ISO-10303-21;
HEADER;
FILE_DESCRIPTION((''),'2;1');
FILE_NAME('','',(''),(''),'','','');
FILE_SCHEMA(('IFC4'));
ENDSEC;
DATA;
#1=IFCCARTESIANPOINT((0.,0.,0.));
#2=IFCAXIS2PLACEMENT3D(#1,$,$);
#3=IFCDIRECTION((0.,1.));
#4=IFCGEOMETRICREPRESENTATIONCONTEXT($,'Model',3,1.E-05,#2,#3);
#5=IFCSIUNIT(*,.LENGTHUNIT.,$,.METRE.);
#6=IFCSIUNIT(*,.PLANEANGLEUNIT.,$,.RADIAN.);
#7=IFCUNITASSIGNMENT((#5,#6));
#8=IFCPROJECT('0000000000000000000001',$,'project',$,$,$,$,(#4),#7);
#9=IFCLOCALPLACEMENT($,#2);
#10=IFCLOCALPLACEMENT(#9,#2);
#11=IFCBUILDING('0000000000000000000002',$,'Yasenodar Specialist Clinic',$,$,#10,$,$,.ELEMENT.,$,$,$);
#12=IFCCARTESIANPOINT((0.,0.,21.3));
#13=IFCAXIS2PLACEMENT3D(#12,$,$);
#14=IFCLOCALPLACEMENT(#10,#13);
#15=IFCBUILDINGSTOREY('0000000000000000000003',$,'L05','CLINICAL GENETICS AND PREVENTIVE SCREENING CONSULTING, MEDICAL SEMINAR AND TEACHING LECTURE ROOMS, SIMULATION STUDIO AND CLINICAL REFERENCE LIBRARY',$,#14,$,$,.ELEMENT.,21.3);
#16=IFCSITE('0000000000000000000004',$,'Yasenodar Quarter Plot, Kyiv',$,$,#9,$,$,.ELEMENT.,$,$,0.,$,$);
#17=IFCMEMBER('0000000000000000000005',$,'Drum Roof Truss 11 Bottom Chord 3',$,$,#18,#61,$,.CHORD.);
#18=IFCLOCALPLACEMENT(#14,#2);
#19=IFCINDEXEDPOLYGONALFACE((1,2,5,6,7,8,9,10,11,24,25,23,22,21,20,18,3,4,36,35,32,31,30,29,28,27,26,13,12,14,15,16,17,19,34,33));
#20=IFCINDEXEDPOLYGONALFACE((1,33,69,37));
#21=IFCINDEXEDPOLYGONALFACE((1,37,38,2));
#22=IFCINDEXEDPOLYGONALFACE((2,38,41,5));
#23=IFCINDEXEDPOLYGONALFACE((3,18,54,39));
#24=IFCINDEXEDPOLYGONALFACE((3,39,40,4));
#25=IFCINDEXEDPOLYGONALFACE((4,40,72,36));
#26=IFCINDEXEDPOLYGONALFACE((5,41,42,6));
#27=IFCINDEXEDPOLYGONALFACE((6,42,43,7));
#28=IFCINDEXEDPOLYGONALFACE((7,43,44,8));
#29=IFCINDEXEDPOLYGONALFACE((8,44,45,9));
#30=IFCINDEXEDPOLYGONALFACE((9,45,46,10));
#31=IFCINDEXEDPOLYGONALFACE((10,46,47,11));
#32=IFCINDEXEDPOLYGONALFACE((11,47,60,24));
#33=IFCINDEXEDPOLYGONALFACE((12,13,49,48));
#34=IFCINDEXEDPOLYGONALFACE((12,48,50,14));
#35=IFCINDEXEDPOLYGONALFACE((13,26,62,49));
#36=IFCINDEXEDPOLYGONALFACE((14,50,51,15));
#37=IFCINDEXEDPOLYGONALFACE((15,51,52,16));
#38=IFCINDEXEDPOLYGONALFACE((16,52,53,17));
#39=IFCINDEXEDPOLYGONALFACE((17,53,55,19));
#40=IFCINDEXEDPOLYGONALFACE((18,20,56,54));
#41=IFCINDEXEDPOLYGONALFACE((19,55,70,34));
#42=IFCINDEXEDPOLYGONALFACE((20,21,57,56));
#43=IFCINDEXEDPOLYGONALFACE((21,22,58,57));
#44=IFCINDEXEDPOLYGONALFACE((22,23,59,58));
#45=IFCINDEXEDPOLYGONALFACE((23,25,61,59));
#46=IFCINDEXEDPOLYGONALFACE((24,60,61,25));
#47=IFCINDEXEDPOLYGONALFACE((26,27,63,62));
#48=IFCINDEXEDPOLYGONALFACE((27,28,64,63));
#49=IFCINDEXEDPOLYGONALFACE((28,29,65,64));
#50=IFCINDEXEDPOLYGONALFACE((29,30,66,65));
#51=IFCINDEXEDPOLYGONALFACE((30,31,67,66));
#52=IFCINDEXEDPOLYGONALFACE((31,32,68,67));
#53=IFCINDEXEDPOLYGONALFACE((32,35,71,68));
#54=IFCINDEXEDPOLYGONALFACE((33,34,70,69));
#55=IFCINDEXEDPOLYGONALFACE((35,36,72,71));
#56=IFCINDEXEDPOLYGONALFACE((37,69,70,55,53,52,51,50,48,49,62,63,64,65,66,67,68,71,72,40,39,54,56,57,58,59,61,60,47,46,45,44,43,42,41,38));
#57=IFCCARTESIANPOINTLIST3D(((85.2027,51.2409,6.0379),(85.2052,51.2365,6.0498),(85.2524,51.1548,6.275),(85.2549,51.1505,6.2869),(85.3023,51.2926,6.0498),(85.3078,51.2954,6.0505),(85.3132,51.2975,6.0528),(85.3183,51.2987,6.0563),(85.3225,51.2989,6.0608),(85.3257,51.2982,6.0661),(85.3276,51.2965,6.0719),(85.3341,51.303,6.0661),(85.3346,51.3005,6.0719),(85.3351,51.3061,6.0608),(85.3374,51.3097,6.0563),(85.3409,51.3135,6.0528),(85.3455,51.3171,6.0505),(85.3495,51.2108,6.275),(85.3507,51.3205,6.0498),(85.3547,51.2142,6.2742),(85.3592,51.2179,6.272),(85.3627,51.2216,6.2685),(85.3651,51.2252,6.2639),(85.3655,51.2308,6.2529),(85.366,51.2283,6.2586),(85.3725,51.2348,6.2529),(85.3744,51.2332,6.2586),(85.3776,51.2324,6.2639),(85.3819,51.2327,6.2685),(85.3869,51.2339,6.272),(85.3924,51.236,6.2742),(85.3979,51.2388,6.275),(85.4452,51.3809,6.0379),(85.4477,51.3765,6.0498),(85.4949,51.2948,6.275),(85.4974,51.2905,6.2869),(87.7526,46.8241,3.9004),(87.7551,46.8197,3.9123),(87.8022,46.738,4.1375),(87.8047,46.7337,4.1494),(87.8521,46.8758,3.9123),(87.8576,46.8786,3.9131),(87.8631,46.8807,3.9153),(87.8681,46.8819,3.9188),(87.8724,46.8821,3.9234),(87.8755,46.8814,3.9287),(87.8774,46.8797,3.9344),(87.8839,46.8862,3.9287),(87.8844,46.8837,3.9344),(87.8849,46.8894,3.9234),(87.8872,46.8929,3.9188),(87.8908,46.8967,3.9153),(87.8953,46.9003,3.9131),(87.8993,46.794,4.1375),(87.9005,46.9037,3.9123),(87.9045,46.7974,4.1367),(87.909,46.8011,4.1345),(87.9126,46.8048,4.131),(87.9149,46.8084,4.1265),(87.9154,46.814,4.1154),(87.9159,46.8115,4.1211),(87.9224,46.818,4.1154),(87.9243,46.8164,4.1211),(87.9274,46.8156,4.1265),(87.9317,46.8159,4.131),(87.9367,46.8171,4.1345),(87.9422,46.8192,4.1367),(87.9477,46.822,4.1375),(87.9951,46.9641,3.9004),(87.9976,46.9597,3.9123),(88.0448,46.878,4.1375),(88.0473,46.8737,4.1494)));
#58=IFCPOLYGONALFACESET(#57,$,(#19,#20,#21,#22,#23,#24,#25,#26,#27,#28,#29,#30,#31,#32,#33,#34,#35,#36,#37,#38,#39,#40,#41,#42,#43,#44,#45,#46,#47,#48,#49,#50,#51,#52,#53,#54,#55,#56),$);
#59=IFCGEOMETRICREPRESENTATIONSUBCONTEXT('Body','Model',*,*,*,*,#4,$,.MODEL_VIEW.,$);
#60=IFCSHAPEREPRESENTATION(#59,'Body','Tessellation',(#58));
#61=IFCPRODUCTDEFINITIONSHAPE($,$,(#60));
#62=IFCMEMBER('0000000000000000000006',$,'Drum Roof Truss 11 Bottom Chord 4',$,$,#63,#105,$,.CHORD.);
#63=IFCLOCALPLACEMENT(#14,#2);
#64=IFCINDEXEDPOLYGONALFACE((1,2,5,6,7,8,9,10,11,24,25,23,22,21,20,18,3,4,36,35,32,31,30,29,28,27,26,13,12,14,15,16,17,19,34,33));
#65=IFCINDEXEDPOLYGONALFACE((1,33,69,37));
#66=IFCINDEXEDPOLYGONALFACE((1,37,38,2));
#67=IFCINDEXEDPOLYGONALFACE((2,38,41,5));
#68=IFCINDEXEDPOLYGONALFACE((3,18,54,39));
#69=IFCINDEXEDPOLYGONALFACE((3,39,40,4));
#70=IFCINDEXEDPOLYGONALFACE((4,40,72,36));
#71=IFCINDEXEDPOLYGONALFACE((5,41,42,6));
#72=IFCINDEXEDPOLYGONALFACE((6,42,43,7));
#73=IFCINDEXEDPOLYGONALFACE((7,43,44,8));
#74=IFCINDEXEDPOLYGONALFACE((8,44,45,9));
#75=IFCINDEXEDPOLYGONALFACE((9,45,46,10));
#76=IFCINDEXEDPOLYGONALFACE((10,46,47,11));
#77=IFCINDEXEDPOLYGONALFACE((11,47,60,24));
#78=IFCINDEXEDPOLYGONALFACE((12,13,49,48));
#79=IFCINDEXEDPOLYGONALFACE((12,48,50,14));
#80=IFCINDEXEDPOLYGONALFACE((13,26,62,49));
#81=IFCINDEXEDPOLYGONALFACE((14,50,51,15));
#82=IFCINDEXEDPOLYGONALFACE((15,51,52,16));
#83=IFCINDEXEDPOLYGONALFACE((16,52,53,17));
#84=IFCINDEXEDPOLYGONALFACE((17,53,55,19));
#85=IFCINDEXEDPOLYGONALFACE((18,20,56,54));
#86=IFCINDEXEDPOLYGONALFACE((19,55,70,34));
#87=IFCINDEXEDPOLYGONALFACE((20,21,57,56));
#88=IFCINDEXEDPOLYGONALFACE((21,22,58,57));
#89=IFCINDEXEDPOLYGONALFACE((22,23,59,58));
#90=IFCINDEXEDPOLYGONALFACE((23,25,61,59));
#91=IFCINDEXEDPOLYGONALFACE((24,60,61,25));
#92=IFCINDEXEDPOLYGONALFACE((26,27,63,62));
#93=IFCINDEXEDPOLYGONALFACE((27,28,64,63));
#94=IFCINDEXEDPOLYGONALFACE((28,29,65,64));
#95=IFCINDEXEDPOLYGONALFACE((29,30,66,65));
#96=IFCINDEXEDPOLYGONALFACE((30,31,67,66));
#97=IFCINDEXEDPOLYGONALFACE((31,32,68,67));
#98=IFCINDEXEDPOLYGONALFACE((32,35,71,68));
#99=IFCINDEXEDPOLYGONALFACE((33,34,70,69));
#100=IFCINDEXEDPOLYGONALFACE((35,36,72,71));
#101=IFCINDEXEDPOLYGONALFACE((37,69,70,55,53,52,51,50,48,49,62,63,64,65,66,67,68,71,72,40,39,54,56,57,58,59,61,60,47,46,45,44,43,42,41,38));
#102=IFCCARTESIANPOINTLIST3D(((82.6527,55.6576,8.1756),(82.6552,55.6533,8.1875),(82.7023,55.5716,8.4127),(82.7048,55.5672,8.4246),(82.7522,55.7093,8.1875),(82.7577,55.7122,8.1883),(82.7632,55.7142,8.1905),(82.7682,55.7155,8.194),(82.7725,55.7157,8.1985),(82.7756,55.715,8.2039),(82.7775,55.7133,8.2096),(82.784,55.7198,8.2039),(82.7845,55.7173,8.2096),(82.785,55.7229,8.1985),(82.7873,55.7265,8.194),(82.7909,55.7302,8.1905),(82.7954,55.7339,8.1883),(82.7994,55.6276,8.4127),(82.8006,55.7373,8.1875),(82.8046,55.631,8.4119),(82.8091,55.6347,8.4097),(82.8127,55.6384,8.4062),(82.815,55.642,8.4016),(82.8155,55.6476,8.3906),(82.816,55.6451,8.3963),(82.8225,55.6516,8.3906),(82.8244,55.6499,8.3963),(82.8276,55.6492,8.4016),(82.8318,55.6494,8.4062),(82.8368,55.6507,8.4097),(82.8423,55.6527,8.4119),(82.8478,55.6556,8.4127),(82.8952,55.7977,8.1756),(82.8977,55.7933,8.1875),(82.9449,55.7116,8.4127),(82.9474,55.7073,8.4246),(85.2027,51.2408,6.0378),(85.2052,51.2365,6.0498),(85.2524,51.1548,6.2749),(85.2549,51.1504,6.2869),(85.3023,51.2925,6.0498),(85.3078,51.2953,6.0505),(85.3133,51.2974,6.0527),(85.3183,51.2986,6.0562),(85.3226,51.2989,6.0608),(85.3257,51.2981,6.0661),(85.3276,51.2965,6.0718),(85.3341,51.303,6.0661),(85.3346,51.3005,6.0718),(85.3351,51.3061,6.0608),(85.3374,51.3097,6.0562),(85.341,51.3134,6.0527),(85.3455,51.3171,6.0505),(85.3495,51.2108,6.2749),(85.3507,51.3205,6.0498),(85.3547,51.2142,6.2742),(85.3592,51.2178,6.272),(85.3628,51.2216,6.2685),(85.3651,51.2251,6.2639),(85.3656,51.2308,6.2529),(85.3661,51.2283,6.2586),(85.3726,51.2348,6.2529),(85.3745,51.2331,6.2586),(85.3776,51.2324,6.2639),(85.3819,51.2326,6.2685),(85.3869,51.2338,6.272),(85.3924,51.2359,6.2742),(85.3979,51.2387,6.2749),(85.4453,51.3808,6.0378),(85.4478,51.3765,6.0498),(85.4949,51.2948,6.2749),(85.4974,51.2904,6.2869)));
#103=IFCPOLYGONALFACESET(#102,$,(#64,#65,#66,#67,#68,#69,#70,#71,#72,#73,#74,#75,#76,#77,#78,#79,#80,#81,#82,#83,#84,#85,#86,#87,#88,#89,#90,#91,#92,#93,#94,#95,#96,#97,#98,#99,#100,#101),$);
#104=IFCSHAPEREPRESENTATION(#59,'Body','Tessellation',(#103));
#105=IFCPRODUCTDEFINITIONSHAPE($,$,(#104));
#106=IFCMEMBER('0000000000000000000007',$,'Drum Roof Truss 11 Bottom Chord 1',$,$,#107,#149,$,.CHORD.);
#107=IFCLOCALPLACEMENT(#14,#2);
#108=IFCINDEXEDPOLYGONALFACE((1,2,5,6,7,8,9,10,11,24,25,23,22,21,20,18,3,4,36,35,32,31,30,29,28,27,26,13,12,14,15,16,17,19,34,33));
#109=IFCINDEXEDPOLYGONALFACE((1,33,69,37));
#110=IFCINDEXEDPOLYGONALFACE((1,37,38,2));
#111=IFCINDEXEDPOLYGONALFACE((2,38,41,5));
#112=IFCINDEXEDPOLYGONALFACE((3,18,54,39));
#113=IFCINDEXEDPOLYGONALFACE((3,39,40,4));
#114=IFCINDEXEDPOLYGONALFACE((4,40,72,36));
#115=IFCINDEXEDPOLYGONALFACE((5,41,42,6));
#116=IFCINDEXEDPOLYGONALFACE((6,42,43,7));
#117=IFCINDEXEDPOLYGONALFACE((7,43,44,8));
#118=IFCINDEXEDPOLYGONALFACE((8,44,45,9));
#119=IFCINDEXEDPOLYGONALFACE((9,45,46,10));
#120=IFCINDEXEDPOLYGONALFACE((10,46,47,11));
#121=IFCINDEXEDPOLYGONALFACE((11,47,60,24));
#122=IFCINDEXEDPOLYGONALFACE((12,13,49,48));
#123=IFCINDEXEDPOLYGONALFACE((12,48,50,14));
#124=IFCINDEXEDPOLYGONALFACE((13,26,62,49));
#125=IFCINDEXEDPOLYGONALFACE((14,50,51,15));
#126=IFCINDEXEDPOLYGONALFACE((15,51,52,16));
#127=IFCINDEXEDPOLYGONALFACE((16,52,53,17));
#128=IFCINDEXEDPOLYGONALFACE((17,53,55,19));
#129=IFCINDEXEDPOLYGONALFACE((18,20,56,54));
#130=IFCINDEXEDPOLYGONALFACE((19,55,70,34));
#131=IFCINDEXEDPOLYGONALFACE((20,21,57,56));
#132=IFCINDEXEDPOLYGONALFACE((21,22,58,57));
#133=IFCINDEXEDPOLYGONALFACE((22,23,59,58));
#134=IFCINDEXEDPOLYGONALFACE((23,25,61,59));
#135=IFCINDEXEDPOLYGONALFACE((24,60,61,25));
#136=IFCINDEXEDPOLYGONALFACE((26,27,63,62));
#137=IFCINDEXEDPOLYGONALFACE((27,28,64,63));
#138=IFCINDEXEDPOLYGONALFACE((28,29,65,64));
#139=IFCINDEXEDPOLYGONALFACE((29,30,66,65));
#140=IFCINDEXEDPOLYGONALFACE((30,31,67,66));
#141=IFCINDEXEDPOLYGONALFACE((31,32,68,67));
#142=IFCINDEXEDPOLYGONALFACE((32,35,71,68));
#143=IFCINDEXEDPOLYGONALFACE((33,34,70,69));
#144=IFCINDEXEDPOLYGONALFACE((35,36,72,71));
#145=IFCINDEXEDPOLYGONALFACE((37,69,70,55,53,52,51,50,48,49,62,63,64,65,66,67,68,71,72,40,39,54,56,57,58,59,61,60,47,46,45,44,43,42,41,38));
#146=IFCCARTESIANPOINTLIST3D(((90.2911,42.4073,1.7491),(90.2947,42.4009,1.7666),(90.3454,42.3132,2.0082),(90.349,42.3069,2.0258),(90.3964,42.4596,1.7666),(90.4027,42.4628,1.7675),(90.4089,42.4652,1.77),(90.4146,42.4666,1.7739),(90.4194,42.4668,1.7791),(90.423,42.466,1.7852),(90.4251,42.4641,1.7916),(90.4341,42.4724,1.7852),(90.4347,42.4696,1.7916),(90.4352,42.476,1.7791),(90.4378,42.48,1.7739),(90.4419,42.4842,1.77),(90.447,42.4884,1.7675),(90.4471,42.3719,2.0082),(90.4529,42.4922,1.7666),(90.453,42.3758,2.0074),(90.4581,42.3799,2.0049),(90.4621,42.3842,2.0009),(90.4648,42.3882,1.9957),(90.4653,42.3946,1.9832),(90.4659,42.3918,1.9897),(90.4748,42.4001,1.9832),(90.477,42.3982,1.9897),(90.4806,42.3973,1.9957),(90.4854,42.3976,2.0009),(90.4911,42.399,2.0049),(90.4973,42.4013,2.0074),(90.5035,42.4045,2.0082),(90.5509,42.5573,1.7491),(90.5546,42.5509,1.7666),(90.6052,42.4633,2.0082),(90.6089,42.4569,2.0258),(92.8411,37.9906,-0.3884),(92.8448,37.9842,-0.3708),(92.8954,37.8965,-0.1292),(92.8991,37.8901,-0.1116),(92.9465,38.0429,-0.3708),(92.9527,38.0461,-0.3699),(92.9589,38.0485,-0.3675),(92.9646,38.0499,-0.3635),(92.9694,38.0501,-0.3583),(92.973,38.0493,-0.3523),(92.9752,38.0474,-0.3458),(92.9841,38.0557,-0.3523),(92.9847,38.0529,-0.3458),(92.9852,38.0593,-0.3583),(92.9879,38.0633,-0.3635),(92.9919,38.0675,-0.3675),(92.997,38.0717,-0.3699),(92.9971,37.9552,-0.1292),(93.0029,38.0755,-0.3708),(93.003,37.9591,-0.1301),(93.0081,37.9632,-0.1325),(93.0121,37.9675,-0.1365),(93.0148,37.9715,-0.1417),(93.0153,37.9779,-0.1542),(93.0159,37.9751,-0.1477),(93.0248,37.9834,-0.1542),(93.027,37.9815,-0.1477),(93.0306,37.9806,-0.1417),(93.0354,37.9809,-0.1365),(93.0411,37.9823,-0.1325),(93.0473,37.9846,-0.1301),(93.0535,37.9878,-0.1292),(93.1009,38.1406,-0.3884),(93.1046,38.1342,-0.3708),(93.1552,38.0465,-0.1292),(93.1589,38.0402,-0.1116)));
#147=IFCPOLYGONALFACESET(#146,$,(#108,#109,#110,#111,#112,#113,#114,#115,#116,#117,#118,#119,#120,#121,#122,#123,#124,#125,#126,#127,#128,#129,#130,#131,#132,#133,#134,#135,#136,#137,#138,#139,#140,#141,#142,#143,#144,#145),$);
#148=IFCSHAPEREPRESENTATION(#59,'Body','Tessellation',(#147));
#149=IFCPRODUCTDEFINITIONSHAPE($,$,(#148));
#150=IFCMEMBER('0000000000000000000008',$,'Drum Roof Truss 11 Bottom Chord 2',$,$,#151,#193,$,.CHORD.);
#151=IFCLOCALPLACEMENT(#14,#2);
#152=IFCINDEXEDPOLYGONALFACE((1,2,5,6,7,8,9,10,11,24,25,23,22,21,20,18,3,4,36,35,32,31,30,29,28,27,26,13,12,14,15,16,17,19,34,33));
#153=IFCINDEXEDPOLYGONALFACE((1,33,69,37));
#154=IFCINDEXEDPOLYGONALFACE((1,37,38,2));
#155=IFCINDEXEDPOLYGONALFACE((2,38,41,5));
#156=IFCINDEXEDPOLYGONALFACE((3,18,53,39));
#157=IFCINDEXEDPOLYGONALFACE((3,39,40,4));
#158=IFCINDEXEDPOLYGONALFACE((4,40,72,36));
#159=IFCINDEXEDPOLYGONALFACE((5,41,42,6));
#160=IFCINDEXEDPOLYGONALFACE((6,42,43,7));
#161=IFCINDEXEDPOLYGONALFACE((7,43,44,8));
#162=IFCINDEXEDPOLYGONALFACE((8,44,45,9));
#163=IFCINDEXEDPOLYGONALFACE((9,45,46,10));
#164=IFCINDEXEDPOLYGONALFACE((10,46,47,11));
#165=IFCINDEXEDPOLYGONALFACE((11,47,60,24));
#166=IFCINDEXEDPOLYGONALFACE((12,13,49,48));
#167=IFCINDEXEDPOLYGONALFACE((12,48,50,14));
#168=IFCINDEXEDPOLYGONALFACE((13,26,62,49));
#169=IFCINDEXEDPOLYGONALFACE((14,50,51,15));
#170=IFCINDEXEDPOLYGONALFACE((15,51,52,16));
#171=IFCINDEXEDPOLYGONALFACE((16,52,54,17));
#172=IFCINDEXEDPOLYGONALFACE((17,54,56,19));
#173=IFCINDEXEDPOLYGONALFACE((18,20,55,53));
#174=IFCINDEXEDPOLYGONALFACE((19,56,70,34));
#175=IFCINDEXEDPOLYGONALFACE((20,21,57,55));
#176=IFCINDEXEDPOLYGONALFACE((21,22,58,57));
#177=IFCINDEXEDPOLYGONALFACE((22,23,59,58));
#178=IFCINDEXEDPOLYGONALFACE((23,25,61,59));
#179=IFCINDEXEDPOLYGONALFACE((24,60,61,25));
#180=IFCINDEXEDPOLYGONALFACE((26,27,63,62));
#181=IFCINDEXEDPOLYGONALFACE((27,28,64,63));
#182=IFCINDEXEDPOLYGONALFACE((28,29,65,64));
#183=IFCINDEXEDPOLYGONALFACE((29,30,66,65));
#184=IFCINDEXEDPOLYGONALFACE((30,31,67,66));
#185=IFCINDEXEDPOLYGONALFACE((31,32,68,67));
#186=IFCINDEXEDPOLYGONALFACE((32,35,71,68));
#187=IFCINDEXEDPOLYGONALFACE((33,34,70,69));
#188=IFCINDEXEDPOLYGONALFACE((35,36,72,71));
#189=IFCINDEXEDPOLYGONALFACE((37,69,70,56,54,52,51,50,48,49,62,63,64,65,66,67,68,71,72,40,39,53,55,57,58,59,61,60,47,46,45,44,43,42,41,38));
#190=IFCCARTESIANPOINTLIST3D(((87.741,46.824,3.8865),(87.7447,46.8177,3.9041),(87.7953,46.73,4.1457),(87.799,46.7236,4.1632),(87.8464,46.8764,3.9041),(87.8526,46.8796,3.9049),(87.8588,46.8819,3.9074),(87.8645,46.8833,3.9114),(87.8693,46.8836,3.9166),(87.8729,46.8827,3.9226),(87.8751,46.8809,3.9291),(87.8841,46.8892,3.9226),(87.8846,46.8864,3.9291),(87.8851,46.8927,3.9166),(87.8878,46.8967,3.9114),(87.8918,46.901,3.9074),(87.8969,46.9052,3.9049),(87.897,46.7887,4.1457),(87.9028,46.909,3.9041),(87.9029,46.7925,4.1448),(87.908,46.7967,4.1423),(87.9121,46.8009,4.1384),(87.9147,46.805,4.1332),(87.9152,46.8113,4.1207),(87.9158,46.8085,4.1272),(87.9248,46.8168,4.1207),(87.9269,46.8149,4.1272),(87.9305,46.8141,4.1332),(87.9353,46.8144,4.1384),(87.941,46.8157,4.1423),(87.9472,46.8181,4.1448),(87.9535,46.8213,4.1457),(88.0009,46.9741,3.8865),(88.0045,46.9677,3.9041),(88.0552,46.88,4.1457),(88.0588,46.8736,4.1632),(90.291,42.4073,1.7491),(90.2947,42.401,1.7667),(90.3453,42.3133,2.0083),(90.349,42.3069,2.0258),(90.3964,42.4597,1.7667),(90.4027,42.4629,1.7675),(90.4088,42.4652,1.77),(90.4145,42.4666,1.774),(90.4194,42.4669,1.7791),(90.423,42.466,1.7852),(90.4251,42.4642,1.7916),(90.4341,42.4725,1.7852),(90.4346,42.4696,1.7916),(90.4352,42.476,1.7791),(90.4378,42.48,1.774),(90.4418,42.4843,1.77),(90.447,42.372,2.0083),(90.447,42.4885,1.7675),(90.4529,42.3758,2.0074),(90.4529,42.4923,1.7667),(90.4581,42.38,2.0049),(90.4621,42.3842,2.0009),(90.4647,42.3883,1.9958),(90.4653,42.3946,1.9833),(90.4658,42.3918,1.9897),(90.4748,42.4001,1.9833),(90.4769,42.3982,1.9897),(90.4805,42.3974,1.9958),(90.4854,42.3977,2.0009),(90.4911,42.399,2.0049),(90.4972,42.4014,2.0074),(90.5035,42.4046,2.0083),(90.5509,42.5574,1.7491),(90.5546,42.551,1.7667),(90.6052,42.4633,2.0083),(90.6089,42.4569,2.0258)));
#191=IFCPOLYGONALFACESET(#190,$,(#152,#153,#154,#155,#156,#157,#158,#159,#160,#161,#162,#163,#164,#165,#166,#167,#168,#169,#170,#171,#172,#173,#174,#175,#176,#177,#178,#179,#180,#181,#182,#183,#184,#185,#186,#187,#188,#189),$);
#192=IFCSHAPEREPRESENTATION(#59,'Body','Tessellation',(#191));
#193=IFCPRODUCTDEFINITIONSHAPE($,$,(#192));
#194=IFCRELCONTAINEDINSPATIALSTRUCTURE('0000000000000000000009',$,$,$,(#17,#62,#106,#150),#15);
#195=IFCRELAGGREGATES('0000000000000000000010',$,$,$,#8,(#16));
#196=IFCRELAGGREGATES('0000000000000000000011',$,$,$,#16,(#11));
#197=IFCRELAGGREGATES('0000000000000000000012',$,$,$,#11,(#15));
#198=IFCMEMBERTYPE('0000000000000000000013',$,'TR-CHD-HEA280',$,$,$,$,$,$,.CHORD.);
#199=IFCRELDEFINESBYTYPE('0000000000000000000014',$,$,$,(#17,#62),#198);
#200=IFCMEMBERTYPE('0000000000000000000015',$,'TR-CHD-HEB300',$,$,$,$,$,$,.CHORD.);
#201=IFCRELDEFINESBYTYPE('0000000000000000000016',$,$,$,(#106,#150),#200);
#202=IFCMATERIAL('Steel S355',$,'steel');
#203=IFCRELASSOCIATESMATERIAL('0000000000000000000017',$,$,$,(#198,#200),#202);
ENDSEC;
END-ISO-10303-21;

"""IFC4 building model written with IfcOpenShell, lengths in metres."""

from ifc_helpers import new_model, si_unit, direction, frame, origin, origin_2d, place, context, subcontext, project, spatial, i_section, extrude, material, material_profile, profile_set, type_object, element, save


model = new_model("IFC4")

# Units and contexts
model_context = context("Model", 3, precision=1e-05, world=origin(), true_north=direction((0.0, 1.0)))
body_context = subcontext(model_context, "Body", "Model", "MODEL_VIEW")
ifc_project = project(units=[si_unit("LENGTHUNIT", "METRE"), si_unit("PLANEANGLEUNIT", "RADIAN")], contexts=[model_context])

# Site, building, storey
site_placement = place(None, origin())
site = spatial("IfcSite", under=ifc_project, at=site_placement, Name="Yasenodar Quarter Plot, Kyiv", CompositionType="ELEMENT", RefElevation=0.0)
building_placement = place(site_placement, origin())
building = spatial("IfcBuilding", under=site, at=building_placement, Name="Yasenodar Specialist Clinic", CompositionType="ELEMENT")
storey_placement = place(building_placement, frame((0.0, 0.0, 21.3)))
storey = spatial("IfcBuildingStorey", under=building, at=storey_placement, Name="L05", Description="CLINICAL GENETICS AND PREVENTIVE SCREENING CONSULTING, MEDICAL SEMINAR AND TEACHING LECTURE ROOMS, SIMULATION STUDIO AND CLINICAL REFERENCE LIBRARY", CompositionType="ELEMENT", Elevation=21.3)

# Members
ifc_material = material(Name="Steel S355", Category="steel")
ifc_material_profile_1 = material_profile(ifc_material, i_section(OverallWidth=0.28, OverallDepth=0.27, WebThickness=0.0081, FlangeThickness=0.0129, FilletRadius=0.0239, at=origin_2d()), Name="HEA 280")
ifc_profile_set_1 = profile_set([ifc_material_profile_1], Name="Steel S355")
member_type_1 = type_object("IfcMemberType", Name="TR-CHD-HEA280", PredefinedType="CHORD", material=ifc_profile_set_1)
member_1_placement = place(storey_placement, frame((87.8999, 46.8489, 4.0249), z_axis=(-0.461109, 0.798728, 0.386538), x_axis=(-0.866043, -0.49997, 0.0)))
element("IfcMember", 1, at=member_1_placement, inside=storey, type_object=member_type_1, Name="Drum Roof Truss 11 Bottom Chord 3", PredefinedType="CHORD", context=body_context, shape_type="SweptSolid", body=[
    extrude(i_section(OverallWidth=0.28, OverallDepth=0.27, WebThickness=0.0081, FlangeThickness=0.0129, FilletRadius=0.0239, at=origin_2d()), origin(), (0.0, 0.0, 1.0), 5.5298),
])
member_2_placement = place(storey_placement, frame((85.3501, 51.2656, 6.1624), z_axis=(-0.461136, 0.798698, 0.386568), x_axis=(-0.866022, -0.500006, 0.0)))
element("IfcMember", 2, at=member_2_placement, inside=storey, type_object=member_type_1, Name="Drum Roof Truss 11 Bottom Chord 4", PredefinedType="CHORD", context=body_context, shape_type="SweptSolid", body=[
    extrude(i_section(OverallWidth=0.28, OverallDepth=0.27, WebThickness=0.0081, FlangeThickness=0.0129, FilletRadius=0.0239, at=origin_2d()), origin(), (0.0, 0.0, 1.0), 5.53),
])
ifc_material_profile_2 = material_profile(ifc_material, i_section(OverallWidth=0.3, OverallDepth=0.3, WebThickness=0.011, FlangeThickness=0.019, FilletRadius=0.0271, at=origin_2d()), Name="HEB 300")
ifc_profile_set_2 = profile_set([ifc_material_profile_2], Name="Steel S355")
member_type_2 = type_object("IfcMemberType", Name="TR-CHD-HEB300", PredefinedType="CHORD", material=ifc_profile_set_2)
for number, where, z_axis, x_axis, name in (
    (3, (93.0, 38.0154, -0.25), (-0.461143, 0.798712, 0.386531), (-0.866022, -0.500006, 0.0), "Drum Roof Truss 11 Bottom Chord 1"),
    (4, (90.45, 42.4321, 1.8875), (-0.461143, 0.798712, 0.386531), (-0.866022, -0.500006, 0.0), "Drum Roof Truss 11 Bottom Chord 2"),
):
    element("IfcMember", number, at=place(storey_placement, frame(where, z_axis=z_axis, x_axis=x_axis)), inside=storey, type_object=member_type_2, Name=name, PredefinedType="CHORD", context=body_context, shape_type="SweptSolid", body=[
        extrude(i_section(OverallWidth=0.3, OverallDepth=0.3, WebThickness=0.011, FlangeThickness=0.019, FilletRadius=0.0271, at=origin_2d()), origin(), (0.0, 0.0, 1.0), 5.5298),
    ])

save(model, "model.ifc")
